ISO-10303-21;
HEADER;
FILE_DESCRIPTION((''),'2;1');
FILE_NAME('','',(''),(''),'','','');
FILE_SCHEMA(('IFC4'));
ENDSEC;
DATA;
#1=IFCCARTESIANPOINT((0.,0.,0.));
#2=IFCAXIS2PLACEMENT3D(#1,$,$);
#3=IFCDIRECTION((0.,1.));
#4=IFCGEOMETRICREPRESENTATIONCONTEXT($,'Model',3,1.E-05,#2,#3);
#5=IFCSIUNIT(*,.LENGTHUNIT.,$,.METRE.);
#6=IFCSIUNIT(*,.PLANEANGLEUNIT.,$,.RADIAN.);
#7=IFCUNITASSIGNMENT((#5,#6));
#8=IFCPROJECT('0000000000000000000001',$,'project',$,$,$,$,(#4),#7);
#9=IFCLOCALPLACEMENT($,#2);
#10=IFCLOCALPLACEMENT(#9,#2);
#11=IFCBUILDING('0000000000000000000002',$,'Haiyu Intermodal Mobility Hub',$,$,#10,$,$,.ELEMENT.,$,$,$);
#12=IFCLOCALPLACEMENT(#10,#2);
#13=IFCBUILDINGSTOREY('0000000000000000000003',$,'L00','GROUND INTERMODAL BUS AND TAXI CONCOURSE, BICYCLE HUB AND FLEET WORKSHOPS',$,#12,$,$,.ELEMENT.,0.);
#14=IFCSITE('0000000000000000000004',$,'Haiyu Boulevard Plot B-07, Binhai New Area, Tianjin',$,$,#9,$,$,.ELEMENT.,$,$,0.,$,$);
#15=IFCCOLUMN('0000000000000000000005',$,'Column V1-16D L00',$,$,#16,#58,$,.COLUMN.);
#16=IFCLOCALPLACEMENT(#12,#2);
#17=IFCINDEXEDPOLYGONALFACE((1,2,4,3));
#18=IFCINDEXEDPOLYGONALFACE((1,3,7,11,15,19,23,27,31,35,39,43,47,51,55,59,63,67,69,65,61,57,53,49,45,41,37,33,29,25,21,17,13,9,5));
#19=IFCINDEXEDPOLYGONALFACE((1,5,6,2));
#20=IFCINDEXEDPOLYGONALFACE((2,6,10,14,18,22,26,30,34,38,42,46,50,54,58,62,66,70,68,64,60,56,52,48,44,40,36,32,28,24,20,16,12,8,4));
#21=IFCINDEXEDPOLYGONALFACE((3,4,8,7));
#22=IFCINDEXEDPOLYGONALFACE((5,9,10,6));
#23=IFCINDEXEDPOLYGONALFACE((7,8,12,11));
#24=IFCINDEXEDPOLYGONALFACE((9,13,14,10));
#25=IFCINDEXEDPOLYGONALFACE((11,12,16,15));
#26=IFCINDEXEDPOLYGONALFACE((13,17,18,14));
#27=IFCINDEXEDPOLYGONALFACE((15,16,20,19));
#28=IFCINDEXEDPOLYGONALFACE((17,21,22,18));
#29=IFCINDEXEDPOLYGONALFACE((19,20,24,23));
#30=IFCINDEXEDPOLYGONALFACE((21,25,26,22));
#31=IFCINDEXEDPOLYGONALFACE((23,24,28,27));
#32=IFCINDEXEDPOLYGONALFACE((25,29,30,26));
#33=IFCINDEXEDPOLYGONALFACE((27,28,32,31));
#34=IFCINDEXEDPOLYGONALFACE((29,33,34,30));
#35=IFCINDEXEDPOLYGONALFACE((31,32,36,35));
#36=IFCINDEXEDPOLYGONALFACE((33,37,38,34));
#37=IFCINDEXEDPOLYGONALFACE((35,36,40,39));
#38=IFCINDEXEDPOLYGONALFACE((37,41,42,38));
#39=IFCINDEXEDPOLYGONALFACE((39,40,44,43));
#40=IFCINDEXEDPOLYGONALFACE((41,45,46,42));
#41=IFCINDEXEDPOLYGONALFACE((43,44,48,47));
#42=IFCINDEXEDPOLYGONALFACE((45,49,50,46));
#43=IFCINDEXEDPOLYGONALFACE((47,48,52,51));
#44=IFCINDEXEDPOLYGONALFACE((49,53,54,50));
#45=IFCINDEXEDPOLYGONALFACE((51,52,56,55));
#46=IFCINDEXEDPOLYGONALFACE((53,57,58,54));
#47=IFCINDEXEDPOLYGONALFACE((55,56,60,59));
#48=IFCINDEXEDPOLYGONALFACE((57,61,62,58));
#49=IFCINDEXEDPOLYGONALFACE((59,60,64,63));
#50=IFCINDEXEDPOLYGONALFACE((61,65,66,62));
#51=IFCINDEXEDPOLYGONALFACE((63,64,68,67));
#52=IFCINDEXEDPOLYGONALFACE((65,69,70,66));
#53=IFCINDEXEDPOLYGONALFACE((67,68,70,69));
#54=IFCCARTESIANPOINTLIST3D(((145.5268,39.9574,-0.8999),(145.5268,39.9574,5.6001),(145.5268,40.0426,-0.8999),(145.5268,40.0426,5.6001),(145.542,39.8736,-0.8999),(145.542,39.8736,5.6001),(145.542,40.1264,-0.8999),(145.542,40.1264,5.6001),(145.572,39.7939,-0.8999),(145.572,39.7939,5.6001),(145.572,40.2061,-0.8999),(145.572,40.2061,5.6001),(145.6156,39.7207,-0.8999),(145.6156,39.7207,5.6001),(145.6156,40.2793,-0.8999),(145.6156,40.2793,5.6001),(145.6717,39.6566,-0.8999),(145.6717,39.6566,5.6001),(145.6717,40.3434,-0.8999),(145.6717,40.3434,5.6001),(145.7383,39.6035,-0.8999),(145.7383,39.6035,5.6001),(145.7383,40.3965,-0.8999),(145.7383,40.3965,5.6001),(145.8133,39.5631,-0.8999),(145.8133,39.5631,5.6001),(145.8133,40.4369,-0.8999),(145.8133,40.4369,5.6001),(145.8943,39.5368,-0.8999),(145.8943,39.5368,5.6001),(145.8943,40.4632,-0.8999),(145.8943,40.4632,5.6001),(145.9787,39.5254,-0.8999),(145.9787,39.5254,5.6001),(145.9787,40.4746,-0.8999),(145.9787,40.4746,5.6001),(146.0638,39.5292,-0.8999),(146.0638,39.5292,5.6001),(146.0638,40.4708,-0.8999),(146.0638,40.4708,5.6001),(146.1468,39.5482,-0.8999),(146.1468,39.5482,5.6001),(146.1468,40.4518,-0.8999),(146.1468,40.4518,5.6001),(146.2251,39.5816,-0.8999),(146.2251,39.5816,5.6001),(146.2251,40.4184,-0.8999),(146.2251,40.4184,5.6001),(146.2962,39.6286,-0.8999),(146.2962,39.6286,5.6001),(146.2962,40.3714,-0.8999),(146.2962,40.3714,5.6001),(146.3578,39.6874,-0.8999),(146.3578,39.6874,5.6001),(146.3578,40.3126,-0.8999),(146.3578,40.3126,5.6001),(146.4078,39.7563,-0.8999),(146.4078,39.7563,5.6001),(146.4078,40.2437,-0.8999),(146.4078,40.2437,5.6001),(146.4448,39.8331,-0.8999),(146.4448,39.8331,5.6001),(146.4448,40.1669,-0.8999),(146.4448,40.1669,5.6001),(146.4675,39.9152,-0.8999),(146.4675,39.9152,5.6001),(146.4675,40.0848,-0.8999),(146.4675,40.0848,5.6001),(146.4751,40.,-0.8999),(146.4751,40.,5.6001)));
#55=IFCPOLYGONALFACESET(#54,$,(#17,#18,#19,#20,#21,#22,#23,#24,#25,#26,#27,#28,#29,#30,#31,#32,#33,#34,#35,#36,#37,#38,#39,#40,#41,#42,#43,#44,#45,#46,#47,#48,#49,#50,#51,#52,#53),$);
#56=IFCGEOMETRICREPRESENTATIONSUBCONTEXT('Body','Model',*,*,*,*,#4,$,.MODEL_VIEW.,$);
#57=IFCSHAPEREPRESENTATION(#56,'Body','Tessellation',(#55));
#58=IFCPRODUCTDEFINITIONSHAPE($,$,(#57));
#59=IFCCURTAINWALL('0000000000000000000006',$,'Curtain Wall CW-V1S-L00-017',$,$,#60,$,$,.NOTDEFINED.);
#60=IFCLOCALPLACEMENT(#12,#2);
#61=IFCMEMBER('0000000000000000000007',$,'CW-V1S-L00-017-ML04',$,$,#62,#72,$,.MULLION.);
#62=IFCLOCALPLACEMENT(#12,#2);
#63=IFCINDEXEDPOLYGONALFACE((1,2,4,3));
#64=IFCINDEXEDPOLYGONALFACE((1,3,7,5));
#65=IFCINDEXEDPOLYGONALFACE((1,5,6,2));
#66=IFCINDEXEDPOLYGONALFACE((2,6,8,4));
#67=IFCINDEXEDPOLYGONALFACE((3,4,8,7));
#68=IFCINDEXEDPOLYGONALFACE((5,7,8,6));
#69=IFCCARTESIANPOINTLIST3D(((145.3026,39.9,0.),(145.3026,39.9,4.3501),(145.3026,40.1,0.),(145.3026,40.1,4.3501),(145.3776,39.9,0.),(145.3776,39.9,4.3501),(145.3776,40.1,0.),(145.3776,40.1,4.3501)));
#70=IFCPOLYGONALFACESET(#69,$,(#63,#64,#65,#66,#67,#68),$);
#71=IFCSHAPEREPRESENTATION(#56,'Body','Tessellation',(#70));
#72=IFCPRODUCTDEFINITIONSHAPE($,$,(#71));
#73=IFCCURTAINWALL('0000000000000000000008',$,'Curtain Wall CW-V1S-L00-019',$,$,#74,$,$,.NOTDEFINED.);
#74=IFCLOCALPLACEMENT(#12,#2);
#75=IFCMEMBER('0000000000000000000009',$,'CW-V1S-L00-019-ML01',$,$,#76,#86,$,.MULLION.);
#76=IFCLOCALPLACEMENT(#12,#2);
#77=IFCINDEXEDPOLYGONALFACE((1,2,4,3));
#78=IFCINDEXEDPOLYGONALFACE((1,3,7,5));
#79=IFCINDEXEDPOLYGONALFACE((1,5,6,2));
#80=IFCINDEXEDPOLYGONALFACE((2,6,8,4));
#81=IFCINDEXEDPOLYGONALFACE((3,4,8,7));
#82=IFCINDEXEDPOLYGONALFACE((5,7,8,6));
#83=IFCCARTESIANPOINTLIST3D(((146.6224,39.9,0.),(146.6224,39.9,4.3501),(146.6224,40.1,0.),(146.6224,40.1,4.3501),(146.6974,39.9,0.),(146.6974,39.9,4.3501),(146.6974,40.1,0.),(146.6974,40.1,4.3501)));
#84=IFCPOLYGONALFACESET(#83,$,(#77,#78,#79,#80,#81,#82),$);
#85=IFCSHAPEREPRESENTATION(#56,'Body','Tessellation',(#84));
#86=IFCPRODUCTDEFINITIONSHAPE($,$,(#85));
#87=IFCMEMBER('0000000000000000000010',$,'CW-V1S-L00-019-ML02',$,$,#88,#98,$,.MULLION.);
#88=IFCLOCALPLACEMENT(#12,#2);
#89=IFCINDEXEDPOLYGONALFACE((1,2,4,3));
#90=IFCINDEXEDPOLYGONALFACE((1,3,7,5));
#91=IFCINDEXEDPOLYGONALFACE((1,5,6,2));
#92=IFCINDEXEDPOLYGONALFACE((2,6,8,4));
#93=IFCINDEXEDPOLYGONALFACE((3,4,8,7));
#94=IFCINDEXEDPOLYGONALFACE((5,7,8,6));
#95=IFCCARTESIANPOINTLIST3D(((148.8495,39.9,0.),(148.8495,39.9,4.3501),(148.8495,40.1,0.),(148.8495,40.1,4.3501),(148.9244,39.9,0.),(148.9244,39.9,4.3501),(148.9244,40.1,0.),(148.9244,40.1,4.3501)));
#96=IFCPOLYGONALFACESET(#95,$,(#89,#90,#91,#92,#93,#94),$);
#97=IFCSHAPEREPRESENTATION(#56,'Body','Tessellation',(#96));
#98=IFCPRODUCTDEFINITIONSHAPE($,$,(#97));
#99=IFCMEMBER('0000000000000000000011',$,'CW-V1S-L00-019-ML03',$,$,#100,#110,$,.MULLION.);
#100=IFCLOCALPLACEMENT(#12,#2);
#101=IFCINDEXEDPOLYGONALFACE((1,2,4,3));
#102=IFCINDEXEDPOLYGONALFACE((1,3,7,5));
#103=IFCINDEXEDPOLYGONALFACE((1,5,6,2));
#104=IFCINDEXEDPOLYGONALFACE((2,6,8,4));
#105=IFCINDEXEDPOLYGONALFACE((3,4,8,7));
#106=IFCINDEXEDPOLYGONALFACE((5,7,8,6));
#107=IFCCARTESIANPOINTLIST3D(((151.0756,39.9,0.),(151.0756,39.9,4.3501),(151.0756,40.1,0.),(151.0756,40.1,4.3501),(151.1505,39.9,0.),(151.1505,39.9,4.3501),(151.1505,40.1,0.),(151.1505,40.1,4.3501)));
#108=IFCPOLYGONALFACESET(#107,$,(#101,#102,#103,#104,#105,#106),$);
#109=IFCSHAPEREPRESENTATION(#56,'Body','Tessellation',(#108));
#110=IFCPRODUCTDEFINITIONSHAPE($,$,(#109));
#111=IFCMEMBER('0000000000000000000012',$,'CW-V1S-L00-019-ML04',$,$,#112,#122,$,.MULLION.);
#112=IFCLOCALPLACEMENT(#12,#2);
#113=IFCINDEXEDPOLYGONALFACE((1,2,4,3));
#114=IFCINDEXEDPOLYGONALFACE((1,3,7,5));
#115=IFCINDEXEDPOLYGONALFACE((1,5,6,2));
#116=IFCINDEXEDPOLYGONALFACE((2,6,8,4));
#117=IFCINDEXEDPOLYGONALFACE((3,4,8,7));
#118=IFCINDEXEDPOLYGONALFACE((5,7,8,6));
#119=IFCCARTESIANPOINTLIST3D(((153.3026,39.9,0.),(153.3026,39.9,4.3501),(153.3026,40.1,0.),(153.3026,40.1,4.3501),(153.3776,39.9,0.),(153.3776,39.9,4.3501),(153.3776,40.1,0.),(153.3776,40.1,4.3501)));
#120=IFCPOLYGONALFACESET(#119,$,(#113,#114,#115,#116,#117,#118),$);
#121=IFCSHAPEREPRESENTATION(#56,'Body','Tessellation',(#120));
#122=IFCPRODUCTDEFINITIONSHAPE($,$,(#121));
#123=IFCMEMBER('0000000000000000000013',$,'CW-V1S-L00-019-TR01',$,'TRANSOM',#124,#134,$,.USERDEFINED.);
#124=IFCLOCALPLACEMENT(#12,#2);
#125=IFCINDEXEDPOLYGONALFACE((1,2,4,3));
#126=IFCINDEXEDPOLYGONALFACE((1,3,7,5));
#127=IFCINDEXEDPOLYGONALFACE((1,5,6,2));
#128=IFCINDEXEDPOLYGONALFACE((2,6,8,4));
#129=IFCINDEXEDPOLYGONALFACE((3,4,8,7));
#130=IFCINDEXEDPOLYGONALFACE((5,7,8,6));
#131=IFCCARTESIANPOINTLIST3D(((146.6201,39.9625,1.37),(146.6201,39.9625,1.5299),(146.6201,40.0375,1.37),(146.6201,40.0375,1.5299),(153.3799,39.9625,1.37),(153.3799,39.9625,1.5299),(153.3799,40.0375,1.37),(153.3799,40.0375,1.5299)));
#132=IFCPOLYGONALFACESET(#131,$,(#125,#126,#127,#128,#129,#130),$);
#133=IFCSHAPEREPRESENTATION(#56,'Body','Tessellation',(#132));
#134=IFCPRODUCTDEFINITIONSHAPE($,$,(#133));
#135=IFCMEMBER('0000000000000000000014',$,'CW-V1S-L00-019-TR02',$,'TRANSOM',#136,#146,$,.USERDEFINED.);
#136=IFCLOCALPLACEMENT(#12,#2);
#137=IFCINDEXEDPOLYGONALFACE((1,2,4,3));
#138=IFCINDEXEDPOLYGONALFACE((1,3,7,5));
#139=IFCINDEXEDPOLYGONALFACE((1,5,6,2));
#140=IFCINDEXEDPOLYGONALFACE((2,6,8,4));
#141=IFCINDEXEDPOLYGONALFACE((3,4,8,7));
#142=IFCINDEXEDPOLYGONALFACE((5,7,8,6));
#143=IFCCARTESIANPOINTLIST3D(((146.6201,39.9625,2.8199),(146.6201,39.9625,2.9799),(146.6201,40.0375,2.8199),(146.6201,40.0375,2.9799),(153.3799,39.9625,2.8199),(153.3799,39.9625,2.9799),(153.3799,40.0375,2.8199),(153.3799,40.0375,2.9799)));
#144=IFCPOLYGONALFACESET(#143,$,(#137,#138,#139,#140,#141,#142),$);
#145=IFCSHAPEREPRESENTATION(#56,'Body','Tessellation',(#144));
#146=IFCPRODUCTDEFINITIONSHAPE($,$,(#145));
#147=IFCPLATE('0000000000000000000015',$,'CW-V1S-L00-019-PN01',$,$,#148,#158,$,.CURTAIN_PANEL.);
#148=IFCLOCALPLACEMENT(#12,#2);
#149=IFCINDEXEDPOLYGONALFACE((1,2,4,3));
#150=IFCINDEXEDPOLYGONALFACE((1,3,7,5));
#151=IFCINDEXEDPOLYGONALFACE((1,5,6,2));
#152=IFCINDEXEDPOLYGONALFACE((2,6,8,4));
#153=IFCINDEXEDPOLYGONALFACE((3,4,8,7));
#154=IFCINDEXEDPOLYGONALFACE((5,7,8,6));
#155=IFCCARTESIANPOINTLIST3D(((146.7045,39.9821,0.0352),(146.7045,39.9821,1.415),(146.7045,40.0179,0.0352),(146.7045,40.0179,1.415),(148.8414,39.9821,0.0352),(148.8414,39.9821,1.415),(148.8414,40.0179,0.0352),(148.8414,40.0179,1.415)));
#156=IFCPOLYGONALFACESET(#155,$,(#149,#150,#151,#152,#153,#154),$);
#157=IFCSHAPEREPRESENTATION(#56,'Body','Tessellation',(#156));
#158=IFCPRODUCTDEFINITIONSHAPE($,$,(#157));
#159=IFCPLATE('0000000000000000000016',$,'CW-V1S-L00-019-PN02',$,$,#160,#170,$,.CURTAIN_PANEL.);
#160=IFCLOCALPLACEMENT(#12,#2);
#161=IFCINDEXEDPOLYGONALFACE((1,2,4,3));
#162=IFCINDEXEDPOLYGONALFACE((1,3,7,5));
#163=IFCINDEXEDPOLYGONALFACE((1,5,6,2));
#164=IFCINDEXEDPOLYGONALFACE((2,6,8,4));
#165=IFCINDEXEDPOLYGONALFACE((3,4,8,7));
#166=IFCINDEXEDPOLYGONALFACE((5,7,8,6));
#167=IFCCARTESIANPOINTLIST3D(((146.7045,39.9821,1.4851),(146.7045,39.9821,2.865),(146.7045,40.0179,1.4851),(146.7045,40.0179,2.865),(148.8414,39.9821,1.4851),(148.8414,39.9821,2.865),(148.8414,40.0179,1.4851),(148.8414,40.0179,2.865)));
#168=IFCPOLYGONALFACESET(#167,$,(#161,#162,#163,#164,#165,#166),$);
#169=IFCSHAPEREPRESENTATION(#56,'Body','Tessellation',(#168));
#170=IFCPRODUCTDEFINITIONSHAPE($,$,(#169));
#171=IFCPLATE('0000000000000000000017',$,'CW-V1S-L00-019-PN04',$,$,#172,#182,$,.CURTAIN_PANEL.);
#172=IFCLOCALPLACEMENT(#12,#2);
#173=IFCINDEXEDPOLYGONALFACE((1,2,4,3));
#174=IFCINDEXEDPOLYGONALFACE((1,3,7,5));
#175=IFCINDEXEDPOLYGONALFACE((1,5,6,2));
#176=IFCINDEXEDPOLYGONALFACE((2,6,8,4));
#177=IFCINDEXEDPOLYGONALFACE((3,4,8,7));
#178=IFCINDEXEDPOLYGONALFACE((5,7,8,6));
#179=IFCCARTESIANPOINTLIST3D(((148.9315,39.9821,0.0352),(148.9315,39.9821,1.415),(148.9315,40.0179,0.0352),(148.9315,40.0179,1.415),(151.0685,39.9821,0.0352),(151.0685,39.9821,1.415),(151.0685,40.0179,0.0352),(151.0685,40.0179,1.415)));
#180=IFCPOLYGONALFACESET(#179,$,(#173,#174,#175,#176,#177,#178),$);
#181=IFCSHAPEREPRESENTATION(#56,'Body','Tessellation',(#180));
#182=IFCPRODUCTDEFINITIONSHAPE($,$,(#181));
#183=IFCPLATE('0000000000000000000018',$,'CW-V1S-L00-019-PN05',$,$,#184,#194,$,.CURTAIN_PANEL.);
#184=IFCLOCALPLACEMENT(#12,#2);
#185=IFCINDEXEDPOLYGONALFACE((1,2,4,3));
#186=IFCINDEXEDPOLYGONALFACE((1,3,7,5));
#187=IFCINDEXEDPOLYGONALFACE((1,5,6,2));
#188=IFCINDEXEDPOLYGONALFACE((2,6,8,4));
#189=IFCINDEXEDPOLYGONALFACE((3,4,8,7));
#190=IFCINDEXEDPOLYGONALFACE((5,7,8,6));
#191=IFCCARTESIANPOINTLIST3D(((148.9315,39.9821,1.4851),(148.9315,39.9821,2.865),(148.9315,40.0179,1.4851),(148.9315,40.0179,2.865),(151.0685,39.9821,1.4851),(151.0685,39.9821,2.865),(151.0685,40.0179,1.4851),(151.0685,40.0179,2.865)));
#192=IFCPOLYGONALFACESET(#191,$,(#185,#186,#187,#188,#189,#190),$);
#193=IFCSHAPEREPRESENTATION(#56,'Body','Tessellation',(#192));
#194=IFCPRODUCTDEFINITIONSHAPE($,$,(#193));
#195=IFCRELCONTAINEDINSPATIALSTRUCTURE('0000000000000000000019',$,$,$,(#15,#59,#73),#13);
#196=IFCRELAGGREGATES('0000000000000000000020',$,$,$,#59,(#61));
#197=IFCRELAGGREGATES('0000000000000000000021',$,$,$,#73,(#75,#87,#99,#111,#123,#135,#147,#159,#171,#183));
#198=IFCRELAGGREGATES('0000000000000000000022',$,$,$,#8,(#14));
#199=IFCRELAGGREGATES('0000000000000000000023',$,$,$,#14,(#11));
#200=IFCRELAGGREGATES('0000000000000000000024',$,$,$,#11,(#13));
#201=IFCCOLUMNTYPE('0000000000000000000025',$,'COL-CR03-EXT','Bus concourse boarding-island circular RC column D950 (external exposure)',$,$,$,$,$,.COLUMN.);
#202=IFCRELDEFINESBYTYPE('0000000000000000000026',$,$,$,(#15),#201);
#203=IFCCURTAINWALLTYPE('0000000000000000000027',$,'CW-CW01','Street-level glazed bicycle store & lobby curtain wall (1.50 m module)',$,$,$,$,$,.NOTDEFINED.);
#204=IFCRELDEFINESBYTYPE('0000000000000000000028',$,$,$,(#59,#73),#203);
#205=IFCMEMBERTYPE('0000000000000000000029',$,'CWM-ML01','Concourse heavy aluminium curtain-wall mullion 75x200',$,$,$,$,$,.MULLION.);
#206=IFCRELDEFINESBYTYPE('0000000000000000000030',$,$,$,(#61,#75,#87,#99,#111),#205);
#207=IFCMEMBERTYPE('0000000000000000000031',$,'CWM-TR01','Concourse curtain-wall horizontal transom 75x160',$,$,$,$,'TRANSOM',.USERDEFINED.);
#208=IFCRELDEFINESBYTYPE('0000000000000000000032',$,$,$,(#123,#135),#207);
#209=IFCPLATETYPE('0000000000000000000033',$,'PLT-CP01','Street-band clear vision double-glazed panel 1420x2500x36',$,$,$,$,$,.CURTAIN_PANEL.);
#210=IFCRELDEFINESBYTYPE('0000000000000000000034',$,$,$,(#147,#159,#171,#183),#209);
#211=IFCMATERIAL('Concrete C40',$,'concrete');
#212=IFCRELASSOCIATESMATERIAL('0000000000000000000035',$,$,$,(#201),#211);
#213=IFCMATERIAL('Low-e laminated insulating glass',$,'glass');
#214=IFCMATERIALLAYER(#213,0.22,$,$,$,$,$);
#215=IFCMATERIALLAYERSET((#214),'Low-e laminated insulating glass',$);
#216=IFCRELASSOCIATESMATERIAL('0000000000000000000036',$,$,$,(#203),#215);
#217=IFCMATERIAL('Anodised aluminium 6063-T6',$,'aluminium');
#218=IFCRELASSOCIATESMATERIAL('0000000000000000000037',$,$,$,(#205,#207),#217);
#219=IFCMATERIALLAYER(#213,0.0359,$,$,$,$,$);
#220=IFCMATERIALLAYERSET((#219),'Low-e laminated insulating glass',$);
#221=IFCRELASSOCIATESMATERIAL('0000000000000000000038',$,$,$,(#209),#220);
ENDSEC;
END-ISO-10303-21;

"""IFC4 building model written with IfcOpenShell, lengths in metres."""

from ifc_helpers import new_model, si_unit, direction, frame, origin, origin_2d, place, context, subcontext, project, spatial, rectangle, circle, extrude, material, layer, layer_set, material_profile, profile_set, type_object, element, aggregate, save


model = new_model("IFC4")

# Units and contexts
model_context = context("Model", 3, precision=1e-05, world=origin(), true_north=direction((0.0, 1.0)))
body_context = subcontext(model_context, "Body", "Model", "MODEL_VIEW")
ifc_project = project(units=[si_unit("LENGTHUNIT", "METRE"), si_unit("PLANEANGLEUNIT", "RADIAN")], contexts=[model_context])

# Site, building, storey
site_placement = place(None, origin())
site = spatial("IfcSite", under=ifc_project, at=site_placement, Name="Haiyu Boulevard Plot B-07, Binhai New Area, Tianjin", CompositionType="ELEMENT", RefElevation=0.0)
building_placement = place(site_placement, origin())
building = spatial("IfcBuilding", under=site, at=building_placement, Name="Haiyu Intermodal Mobility Hub", CompositionType="ELEMENT")
storey_placement = place(building_placement, origin())
storey = spatial("IfcBuildingStorey", under=building, at=storey_placement, Name="L00", Description="GROUND INTERMODAL BUS AND TAXI CONCOURSE, BICYCLE HUB AND FLEET WORKSHOPS", CompositionType="ELEMENT", Elevation=0.0)

# Shared definitions
ifc_material_1 = material(Name="Concrete C40", Category="concrete")

# Column
ifc_material_profile_1 = material_profile(ifc_material_1, circle(Radius=0.4751, at=origin_2d()), Name="RCCOL-D950")
ifc_profile_set_1 = profile_set([ifc_material_profile_1], Name="Concrete C40")
column_type = type_object("IfcColumnType", Name="COL-CR03-EXT", Description="Bus concourse boarding-island circular RC column D950 (external exposure)", PredefinedType="COLUMN", material=ifc_profile_set_1)
column_placement = place(storey_placement, frame((146.0, 40.0, -0.8999), z_axis=(0.0, 0.0, 1.0), x_axis=(1.0, 0.0, 0.0)))
element("IfcColumn", 1, at=column_placement, inside=storey, type_object=column_type, Name="Column V1-16D L00", PredefinedType="COLUMN", context=body_context, shape_type="SweptSolid", body=[
    extrude(circle(Radius=0.4751, at=origin_2d()), origin(), (0.0, 0.0, 1.0), 6.5),
])

# Curtain wall, member
ifc_material_2 = material(Name="Low-e laminated insulating glass", Category="glass")
ifc_layer_1 = layer(ifc_material_2, 0.22)
ifc_layer_set_1 = layer_set([ifc_layer_1], Name="Low-e laminated insulating glass")
curtain_wall_type = type_object("IfcCurtainWallType", Name="CW-CW01", Description="Street-level glazed bicycle store & lobby curtain wall (1.50 m module)", PredefinedType="NOTDEFINED", material=ifc_layer_set_1)
curtain_wall_1_placement = place(storey_placement, origin())
curtain_wall_1 = element("IfcCurtainWall", 2, at=curtain_wall_1_placement, inside=storey, type_object=curtain_wall_type, Name="Curtain Wall CW-V1S-L00-017", PredefinedType="NOTDEFINED")
ifc_material_3 = material(Name="Anodised aluminium 6063-T6", Category="aluminium")
ifc_material_profile_2 = material_profile(ifc_material_3, rectangle(XDim=0.075, YDim=0.2, at=origin_2d()), Name="ALU75x200")
ifc_profile_set_2 = profile_set([ifc_material_profile_2], Name="Anodised aluminium 6063-T6")
member_type_1 = type_object("IfcMemberType", Name="CWM-ML01", Description="Concourse heavy aluminium curtain-wall mullion 75x200", PredefinedType="MULLION", material=ifc_profile_set_2)
member_1_placement = place(storey_placement, frame((145.3401, 40.0, 0.0), z_axis=(0.0, 0.0, 1.0), x_axis=(1.0, 0.0, 0.0)))
member_1 = element("IfcMember", 3, at=member_1_placement, type_object=member_type_1, Name="CW-V1S-L00-017-ML04", PredefinedType="MULLION", context=body_context, shape_type="SweptSolid", body=[
    extrude(rectangle(XDim=0.075, YDim=0.2, at=origin_2d()), origin(), (0.0, 0.0, 1.0), 4.3501),
])

# Curtain wall, members, plates
curtain_wall_2_placement = place(storey_placement, origin())
curtain_wall_2 = element("IfcCurtainWall", 4, at=curtain_wall_2_placement, inside=storey, type_object=curtain_wall_type, Name="Curtain Wall CW-V1S-L00-019", PredefinedType="NOTDEFINED")
member_2_placement = place(storey_placement, frame((146.6599, 40.0, 0.0), z_axis=(0.0, 0.0, 1.0), x_axis=(1.0, 0.0, 0.0)))
member_2 = element("IfcMember", 5, at=member_2_placement, type_object=member_type_1, Name="CW-V1S-L00-019-ML01", PredefinedType="MULLION", context=body_context, shape_type="SweptSolid", body=[
    extrude(rectangle(XDim=0.075, YDim=0.2, at=origin_2d()), origin(), (0.0, 0.0, 1.0), 4.3501),
])
member_3_placement = place(storey_placement, frame((148.887, 40.0, 0.0), z_axis=(0.0, 0.0, 1.0), x_axis=(1.0, 0.0, 0.0)))
member_3 = element("IfcMember", 6, at=member_3_placement, type_object=member_type_1, Name="CW-V1S-L00-019-ML02", PredefinedType="MULLION", context=body_context, shape_type="SweptSolid", body=[
    extrude(rectangle(XDim=0.075, YDim=0.2, at=origin_2d()), origin(), (0.0, 0.0, 1.0), 4.3501),
])
member_4_placement = place(storey_placement, frame((151.113, 40.0, 0.0), z_axis=(0.0, 0.0, 1.0), x_axis=(1.0, 0.0, 0.0)))
member_4 = element("IfcMember", 7, at=member_4_placement, type_object=member_type_1, Name="CW-V1S-L00-019-ML03", PredefinedType="MULLION", context=body_context, shape_type="SweptSolid", body=[
    extrude(rectangle(XDim=0.075, YDim=0.2, at=origin_2d()), origin(), (0.0, 0.0, 1.0), 4.3501),
])
member_5_placement = place(storey_placement, frame((153.3401, 40.0, 0.0), z_axis=(0.0, 0.0, 1.0), x_axis=(1.0, 0.0, 0.0)))
member_5 = element("IfcMember", 8, at=member_5_placement, type_object=member_type_1, Name="CW-V1S-L00-019-ML04", PredefinedType="MULLION", context=body_context, shape_type="SweptSolid", body=[
    extrude(rectangle(XDim=0.075, YDim=0.2, at=origin_2d()), origin(), (0.0, 0.0, 1.0), 4.3501),
])
ifc_material_profile_3 = material_profile(ifc_material_3, rectangle(XDim=0.075, YDim=0.1599, at=origin_2d()), Name="ALU75x160")
ifc_profile_set_3 = profile_set([ifc_material_profile_3], Name="Anodised aluminium 6063-T6")
member_type_2 = type_object("IfcMemberType", Name="CWM-TR01", Description="Concourse curtain-wall horizontal transom 75x160", ElementType="TRANSOM", PredefinedType="USERDEFINED", material=ifc_profile_set_3)
member_6_placement = place(storey_placement, frame((146.6201, 40.0, 1.45), z_axis=(1.0, 0.0, 0.0), x_axis=(0.0, 1.0, 0.0)))
member_6 = element("IfcMember", 9, at=member_6_placement, type_object=member_type_2, Name="CW-V1S-L00-019-TR01", ObjectType="TRANSOM", PredefinedType="USERDEFINED", context=body_context, shape_type="SweptSolid", body=[
    extrude(rectangle(XDim=0.075, YDim=0.1599, at=origin_2d()), origin(), (0.0, 0.0, 1.0), 6.7598),
])
member_7_placement = place(storey_placement, frame((146.6201, 40.0, 2.8999), z_axis=(1.0, 0.0, 0.0), x_axis=(0.0, 1.0, 0.0)))
member_7 = element("IfcMember", 10, at=member_7_placement, type_object=member_type_2, Name="CW-V1S-L00-019-TR02", ObjectType="TRANSOM", PredefinedType="USERDEFINED", context=body_context, shape_type="SweptSolid", body=[
    extrude(rectangle(XDim=0.075, YDim=0.1599, at=origin_2d()), origin(), (0.0, 0.0, 1.0), 6.7598),
])
ifc_layer_2 = layer(ifc_material_2, 0.0359)
ifc_layer_set_2 = layer_set([ifc_layer_2], Name="Low-e laminated insulating glass")
plate_type_1 = type_object("IfcPlateType", Name="PLT-CP01", Description="Street-band clear vision double-glazed panel 1420x2500x36", PredefinedType="CURTAIN_PANEL", material=ifc_layer_set_2)
plate_1_placement = place(storey_placement, frame((147.7729, 40.0, 0.0352), z_axis=(0.0, 0.0, 1.0), x_axis=(1.0, 0.0, 0.0)))
plate_1 = element("IfcPlate", 11, at=plate_1_placement, type_object=plate_type_1, Name="CW-V1S-L00-019-PN01", PredefinedType="CURTAIN_PANEL", context=body_context, shape_type="SweptSolid", body=[
    extrude(rectangle(XDim=2.137, YDim=0.0359, at=origin_2d()), origin(), (0.0, 0.0, 1.0), 1.3799),
])
plate_2_placement = place(storey_placement, frame((147.7729, 40.0, 1.4851), z_axis=(0.0, 0.0, 1.0), x_axis=(1.0, 0.0, 0.0)))
plate_2 = element("IfcPlate", 12, at=plate_2_placement, type_object=plate_type_1, Name="CW-V1S-L00-019-PN02", PredefinedType="CURTAIN_PANEL", context=body_context, shape_type="SweptSolid", body=[
    extrude(rectangle(XDim=2.137, YDim=0.0359, at=origin_2d()), origin(), (0.0, 0.0, 1.0), 1.3799),
])
plate_3_placement = place(storey_placement, frame((150.0, 40.0, 0.0352), z_axis=(0.0, 0.0, 1.0), x_axis=(1.0, 0.0, 0.0)))
plate_3 = element("IfcPlate", 13, at=plate_3_placement, type_object=plate_type_1, Name="CW-V1S-L00-019-PN04", PredefinedType="CURTAIN_PANEL", context=body_context, shape_type="SweptSolid", body=[
    extrude(rectangle(XDim=2.137, YDim=0.0359, at=origin_2d()), origin(), (0.0, 0.0, 1.0), 1.3799),
])
plate_4_placement = place(storey_placement, frame((150.0, 40.0, 1.4851), z_axis=(0.0, 0.0, 1.0), x_axis=(1.0, 0.0, 0.0)))
plate_4 = element("IfcPlate", 14, at=plate_4_placement, type_object=plate_type_1, Name="CW-V1S-L00-019-PN05", PredefinedType="CURTAIN_PANEL", context=body_context, shape_type="SweptSolid", body=[
    extrude(rectangle(XDim=2.137, YDim=0.0359, at=origin_2d()), origin(), (0.0, 0.0, 1.0), 1.3799),
])

aggregate(curtain_wall_1, [member_1])
aggregate(curtain_wall_2, [member_2, member_3, member_4, member_5, member_6, member_7, plate_1, plate_2, plate_3, plate_4])

save(model, "model.ifc")
